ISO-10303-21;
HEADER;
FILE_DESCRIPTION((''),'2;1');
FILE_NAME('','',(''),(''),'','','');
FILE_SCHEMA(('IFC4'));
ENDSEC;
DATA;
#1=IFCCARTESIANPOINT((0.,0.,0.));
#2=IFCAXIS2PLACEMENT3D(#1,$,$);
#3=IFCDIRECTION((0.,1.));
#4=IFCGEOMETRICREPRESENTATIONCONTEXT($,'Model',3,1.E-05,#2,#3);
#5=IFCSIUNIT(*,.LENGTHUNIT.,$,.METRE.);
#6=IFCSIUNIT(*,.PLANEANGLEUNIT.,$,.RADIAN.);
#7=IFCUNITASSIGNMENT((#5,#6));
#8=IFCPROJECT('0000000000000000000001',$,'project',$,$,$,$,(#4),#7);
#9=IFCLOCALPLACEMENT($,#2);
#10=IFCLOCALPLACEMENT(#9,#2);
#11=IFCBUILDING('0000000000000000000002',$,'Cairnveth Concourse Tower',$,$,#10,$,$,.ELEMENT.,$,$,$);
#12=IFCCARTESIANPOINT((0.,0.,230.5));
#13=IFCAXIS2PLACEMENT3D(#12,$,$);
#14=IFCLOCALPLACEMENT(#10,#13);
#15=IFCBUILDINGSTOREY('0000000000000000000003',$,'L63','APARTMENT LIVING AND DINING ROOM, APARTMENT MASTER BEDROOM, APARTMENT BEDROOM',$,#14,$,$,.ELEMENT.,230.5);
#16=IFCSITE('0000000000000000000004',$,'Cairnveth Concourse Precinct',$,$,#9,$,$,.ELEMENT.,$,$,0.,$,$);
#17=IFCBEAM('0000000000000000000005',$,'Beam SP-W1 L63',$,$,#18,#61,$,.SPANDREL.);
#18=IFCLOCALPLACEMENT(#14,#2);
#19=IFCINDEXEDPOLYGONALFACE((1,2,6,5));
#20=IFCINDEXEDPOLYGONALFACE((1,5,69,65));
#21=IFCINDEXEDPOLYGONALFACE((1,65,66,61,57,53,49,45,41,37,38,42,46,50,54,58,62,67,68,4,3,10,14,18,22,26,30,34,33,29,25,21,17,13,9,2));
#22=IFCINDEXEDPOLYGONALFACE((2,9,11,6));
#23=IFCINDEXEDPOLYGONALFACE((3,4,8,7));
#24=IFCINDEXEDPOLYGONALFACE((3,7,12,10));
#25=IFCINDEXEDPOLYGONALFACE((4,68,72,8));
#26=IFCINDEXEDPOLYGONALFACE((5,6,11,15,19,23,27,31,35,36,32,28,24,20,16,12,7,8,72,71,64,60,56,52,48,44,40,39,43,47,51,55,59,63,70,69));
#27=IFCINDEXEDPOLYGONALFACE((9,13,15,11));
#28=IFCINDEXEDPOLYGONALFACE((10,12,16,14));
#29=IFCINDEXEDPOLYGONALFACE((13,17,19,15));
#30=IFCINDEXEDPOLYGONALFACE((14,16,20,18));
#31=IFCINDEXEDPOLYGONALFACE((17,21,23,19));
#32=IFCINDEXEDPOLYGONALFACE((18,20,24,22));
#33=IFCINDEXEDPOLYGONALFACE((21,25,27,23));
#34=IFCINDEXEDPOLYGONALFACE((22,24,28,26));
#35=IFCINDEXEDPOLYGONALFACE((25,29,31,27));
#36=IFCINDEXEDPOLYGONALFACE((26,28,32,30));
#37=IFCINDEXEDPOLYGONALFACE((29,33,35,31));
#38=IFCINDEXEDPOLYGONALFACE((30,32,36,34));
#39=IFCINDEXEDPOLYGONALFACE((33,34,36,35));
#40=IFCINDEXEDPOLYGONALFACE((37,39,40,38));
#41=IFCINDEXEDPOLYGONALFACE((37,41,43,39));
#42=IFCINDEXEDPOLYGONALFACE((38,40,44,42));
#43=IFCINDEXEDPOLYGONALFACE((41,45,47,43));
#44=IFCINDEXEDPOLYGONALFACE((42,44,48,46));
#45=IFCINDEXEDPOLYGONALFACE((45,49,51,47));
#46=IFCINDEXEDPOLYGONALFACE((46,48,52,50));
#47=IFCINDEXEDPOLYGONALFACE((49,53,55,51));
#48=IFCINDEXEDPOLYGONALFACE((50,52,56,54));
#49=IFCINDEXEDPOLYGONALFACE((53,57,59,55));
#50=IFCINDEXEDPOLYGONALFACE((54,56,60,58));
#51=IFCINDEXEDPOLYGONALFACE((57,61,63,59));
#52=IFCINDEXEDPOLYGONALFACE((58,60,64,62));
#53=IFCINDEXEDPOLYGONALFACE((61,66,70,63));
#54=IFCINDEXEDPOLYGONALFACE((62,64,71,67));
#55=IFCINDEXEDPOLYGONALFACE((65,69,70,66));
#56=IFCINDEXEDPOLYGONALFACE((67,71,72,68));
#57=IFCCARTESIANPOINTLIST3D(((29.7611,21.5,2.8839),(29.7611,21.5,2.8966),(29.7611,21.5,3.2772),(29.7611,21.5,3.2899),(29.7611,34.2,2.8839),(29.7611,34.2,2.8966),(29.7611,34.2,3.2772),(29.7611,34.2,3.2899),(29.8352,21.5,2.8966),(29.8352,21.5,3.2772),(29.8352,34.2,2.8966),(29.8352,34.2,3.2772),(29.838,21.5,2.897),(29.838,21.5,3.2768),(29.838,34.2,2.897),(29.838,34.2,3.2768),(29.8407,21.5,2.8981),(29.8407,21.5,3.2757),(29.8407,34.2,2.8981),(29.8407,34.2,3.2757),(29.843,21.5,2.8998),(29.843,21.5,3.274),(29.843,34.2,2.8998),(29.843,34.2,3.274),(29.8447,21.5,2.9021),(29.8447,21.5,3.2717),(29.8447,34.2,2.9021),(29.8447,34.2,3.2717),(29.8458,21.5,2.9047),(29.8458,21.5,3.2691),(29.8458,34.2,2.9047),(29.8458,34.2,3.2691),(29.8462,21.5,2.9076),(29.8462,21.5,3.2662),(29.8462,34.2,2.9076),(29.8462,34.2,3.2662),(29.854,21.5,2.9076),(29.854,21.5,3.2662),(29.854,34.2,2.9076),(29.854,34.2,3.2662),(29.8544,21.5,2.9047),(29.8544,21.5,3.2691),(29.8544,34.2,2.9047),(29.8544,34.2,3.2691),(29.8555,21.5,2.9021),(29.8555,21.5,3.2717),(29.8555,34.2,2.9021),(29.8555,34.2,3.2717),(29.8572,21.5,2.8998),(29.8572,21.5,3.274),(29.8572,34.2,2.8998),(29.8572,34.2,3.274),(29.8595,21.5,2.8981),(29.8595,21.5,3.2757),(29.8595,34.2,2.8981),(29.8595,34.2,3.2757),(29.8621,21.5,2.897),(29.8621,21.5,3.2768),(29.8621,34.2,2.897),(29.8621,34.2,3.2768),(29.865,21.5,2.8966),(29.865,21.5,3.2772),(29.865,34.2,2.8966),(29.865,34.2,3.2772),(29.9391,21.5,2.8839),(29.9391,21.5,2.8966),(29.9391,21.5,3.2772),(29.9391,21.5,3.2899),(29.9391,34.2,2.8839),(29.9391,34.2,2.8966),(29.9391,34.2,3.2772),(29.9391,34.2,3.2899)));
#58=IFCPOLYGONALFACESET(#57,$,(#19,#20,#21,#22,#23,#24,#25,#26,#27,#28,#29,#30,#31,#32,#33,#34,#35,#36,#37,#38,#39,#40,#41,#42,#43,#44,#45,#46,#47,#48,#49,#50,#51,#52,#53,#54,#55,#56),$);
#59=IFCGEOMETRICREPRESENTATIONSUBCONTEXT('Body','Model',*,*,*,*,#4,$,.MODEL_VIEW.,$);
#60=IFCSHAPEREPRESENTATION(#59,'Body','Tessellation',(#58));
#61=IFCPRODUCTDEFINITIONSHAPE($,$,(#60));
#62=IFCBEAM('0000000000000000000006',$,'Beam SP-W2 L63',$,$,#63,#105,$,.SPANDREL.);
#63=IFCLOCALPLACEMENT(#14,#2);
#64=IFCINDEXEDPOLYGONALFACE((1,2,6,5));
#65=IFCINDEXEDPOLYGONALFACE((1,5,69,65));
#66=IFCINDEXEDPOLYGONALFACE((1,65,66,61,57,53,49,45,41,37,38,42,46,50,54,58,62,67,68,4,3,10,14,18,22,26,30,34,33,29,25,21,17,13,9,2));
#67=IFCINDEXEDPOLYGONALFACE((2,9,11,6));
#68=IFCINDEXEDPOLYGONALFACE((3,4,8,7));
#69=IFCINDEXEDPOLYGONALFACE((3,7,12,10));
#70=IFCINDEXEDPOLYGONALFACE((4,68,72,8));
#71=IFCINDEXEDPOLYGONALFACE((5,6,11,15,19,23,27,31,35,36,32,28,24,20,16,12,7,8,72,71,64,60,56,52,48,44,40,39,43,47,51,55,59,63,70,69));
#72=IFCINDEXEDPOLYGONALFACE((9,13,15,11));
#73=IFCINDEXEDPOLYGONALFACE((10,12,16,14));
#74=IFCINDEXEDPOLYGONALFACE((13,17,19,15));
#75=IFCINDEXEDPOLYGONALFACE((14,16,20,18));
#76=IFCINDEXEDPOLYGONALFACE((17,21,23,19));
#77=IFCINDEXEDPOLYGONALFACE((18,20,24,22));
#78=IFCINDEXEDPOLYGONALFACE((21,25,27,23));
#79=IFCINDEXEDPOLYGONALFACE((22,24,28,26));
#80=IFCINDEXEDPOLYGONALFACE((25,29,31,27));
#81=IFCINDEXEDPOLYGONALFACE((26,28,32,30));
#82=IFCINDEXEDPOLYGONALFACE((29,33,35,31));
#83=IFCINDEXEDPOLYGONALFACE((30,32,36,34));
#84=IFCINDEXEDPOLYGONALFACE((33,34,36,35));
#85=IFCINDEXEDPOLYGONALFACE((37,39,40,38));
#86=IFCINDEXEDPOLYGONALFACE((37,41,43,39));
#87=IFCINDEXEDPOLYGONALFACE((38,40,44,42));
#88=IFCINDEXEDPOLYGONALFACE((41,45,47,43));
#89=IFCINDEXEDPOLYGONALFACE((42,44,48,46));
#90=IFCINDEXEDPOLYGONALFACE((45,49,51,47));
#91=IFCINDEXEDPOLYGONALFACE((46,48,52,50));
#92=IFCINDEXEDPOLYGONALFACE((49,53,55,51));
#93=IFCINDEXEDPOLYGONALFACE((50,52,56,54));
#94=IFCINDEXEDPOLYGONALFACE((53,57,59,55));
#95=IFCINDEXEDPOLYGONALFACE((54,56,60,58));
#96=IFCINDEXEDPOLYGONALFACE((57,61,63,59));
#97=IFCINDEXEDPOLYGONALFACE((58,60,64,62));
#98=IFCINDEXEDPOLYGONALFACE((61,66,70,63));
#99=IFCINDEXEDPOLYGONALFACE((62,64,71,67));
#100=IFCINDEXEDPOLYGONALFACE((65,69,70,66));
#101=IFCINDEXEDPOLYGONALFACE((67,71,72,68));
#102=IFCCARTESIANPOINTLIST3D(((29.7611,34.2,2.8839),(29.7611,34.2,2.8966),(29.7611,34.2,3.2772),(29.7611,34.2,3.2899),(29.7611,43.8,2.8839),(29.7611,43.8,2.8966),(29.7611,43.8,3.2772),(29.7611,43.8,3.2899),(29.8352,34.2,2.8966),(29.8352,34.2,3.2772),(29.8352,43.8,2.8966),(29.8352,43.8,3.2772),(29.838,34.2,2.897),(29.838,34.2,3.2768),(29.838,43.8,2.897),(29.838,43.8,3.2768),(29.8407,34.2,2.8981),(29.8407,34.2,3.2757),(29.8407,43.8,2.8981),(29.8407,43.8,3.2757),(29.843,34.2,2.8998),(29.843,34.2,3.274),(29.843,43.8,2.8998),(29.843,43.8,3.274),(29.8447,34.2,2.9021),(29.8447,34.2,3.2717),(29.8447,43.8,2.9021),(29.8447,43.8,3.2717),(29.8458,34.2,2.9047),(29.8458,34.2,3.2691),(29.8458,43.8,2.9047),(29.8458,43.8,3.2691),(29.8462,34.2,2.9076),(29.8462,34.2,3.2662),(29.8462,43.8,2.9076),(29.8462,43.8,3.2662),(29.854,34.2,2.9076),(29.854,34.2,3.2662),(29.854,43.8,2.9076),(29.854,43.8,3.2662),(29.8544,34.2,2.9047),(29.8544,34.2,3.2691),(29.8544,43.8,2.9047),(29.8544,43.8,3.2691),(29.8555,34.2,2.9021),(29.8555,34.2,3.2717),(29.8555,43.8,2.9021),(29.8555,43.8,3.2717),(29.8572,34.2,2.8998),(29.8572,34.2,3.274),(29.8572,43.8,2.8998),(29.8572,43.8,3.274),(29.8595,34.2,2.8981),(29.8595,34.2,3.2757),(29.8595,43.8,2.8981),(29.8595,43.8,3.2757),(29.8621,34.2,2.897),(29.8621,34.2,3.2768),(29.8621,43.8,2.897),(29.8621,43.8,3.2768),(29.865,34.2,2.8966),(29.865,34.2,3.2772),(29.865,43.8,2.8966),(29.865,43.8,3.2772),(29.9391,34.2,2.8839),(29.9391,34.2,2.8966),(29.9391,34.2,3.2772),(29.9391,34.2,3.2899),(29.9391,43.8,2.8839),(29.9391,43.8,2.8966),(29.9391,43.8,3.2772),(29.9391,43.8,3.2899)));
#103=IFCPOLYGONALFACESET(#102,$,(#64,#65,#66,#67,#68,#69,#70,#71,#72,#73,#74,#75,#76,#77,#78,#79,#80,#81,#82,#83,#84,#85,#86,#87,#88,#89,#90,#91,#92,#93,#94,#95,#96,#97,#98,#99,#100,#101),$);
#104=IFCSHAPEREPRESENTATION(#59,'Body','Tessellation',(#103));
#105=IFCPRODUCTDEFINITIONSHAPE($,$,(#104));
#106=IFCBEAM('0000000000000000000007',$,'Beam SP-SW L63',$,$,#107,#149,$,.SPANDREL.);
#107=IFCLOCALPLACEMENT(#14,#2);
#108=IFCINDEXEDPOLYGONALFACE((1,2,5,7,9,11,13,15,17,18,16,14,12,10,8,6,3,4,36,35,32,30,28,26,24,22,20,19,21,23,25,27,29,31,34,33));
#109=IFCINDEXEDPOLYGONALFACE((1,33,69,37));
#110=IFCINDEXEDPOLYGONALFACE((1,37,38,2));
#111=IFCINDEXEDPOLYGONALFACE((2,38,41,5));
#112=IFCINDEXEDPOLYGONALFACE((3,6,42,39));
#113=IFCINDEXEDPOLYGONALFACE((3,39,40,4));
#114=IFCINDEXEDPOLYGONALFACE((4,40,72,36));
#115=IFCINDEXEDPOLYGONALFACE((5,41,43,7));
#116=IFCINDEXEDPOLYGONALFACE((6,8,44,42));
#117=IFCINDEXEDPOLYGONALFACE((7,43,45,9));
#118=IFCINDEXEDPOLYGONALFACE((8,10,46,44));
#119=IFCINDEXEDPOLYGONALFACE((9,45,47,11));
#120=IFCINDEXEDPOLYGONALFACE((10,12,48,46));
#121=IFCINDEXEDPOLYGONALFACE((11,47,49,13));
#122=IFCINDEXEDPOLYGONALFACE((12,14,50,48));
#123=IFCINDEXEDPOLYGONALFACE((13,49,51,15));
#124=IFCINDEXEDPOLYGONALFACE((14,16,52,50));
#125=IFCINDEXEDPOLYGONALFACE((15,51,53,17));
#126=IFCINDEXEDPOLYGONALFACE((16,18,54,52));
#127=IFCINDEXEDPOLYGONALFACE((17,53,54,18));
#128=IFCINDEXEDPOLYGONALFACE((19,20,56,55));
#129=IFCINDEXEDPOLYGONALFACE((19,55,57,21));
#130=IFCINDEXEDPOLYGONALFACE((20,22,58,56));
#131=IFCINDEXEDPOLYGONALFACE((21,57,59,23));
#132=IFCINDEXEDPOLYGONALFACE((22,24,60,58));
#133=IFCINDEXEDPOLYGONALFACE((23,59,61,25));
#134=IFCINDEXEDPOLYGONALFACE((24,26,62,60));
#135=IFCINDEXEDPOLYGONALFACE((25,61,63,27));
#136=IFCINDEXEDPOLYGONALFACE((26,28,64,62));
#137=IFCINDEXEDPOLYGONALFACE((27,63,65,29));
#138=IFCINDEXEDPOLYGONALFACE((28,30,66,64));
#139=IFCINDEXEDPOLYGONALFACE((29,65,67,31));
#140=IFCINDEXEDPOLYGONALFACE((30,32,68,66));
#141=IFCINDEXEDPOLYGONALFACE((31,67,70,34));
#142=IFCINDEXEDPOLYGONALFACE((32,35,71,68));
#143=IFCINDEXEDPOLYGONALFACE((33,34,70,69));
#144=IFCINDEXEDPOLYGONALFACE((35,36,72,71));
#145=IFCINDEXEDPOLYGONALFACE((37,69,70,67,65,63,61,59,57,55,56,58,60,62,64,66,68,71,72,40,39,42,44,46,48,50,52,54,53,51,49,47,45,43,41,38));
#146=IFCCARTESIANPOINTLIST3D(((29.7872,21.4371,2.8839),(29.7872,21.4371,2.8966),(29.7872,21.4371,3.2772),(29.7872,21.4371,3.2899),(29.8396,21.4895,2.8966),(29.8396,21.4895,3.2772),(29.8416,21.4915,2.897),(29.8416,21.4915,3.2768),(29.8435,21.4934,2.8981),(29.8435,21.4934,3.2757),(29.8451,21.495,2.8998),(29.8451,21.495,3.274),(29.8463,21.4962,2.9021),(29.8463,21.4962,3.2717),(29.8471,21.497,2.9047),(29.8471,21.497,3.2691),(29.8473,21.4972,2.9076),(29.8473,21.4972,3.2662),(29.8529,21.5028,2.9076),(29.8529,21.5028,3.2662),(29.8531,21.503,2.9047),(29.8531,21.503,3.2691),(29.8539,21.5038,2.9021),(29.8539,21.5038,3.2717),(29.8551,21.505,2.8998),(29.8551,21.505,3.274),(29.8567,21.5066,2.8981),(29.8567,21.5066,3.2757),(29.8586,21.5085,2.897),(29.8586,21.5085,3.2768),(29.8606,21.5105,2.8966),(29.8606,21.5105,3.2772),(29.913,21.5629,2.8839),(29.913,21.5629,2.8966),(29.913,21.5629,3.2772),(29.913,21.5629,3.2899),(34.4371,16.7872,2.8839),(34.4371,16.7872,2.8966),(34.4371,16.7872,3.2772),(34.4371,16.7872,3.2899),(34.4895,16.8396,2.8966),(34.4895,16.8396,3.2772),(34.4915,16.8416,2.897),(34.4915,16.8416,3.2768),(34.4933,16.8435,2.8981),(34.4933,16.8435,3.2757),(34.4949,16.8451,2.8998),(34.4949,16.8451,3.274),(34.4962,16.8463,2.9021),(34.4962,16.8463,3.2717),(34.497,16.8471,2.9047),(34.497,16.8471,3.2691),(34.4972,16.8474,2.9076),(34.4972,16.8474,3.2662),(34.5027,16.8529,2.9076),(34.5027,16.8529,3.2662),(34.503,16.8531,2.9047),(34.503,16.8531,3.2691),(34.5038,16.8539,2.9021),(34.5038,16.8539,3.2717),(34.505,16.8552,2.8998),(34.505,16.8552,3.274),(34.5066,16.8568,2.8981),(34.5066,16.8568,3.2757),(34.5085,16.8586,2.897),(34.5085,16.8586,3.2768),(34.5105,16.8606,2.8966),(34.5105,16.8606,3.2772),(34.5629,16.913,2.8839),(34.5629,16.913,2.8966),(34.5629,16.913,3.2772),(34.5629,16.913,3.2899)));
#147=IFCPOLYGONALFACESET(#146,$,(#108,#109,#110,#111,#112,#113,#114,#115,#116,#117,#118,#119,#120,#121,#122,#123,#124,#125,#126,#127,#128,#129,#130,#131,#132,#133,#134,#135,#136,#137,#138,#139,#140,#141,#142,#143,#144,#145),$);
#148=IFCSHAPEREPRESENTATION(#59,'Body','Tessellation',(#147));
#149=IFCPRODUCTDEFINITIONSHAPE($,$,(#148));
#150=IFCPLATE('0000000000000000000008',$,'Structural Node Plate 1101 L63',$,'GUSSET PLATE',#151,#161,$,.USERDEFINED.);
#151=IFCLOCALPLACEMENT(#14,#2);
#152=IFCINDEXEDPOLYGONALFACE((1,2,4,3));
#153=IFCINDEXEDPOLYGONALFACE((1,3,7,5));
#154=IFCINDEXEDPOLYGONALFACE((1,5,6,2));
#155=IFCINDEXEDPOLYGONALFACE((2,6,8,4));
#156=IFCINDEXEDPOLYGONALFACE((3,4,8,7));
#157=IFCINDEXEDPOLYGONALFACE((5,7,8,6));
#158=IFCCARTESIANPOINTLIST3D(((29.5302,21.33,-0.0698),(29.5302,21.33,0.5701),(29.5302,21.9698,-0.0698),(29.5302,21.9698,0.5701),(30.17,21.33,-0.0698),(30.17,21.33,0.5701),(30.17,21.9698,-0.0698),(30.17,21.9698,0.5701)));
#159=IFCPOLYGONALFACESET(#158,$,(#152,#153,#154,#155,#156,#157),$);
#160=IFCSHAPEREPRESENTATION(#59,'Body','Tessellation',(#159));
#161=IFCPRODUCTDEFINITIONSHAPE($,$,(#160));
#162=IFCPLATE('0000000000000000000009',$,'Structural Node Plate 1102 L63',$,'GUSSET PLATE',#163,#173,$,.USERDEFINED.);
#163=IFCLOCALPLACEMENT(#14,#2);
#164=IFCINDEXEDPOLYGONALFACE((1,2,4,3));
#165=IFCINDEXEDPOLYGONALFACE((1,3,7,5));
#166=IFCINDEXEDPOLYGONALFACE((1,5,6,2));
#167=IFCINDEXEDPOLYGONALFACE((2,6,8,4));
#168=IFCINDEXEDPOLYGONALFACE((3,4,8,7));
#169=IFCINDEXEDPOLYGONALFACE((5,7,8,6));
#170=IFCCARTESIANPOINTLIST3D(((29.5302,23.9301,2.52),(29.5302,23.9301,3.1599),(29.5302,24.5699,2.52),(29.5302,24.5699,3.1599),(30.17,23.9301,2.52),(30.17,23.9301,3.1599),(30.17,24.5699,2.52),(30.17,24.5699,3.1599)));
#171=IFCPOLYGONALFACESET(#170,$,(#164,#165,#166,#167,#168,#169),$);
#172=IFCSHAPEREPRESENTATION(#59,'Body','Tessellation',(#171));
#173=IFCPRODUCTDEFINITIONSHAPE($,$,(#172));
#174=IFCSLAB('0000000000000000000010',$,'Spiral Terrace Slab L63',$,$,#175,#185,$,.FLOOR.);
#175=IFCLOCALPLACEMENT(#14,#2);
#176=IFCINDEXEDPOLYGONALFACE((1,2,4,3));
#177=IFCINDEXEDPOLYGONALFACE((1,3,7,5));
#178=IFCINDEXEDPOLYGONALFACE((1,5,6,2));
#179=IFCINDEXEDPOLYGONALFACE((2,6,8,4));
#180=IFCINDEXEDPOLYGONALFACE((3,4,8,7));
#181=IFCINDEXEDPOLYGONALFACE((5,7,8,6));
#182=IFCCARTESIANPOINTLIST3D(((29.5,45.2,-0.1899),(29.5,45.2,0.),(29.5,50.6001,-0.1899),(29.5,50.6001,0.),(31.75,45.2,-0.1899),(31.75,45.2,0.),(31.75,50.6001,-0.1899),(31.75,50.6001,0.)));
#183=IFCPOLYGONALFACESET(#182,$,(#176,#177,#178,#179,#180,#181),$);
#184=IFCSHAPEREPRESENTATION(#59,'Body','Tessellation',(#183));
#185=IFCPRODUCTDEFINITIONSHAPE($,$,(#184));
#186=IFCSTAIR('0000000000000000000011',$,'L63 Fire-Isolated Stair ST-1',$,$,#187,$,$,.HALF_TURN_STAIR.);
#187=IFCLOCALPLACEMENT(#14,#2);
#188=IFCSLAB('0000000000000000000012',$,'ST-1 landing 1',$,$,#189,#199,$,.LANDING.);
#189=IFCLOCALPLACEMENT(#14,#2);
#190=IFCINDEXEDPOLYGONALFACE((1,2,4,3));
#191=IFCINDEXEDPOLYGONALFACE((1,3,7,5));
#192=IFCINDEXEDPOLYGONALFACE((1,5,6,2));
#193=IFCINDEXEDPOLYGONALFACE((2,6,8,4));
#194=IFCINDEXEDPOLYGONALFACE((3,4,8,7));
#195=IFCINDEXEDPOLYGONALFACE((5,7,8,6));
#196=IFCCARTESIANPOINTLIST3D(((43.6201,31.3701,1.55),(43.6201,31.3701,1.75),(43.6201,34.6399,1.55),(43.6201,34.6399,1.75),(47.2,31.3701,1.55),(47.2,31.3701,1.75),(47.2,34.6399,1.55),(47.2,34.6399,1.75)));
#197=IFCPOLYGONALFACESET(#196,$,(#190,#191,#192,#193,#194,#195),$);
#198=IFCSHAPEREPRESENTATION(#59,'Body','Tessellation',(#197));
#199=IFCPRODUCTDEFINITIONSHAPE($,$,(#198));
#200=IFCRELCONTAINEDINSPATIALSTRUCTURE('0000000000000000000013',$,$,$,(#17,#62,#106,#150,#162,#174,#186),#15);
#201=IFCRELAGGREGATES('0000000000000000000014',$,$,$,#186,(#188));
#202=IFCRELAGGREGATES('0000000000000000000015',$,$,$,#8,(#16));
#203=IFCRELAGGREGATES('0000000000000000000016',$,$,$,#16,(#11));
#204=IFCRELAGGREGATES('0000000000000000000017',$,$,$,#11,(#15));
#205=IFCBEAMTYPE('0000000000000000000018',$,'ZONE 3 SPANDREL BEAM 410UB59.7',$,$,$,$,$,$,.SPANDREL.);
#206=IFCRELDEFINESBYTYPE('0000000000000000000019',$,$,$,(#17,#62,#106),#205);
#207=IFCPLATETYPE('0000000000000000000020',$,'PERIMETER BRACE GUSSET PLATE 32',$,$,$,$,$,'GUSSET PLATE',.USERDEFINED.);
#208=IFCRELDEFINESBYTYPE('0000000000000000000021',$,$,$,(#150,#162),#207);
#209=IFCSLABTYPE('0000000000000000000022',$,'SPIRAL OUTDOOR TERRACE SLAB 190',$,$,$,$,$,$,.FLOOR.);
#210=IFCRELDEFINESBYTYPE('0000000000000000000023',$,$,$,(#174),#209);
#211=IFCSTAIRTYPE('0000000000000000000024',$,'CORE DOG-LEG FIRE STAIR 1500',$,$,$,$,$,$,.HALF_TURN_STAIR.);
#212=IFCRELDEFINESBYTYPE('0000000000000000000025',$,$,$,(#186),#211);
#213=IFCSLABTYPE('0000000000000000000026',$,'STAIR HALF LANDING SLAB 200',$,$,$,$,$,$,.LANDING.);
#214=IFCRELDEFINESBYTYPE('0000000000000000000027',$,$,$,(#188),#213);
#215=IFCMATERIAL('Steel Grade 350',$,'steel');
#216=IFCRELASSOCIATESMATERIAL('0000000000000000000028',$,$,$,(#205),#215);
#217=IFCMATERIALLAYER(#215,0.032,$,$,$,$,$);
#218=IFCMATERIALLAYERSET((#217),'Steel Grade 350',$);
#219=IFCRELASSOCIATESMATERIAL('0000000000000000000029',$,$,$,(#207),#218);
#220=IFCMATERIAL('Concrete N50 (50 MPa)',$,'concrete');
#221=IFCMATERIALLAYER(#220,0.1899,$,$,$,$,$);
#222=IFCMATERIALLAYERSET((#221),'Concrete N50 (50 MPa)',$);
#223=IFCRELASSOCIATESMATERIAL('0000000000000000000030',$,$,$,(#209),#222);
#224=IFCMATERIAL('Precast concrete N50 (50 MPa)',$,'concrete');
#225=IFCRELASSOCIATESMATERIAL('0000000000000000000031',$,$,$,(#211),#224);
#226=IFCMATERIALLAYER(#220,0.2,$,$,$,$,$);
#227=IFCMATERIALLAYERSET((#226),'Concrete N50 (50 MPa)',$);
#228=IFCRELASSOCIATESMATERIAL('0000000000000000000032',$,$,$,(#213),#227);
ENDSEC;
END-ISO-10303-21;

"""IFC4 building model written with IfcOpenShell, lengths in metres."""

from ifc_helpers import new_model, si_unit, direction, frame, origin, origin_2d, place, context, subcontext, project, spatial, polyline, rectangle, i_section, outline, extrude, material, layer, layer_set, material_profile, profile_set, type_object, element, aggregate, save


model = new_model("IFC4")

# Units and contexts
model_context = context("Model", 3, precision=1e-05, world=origin(), true_north=direction((0.0, 1.0)))
body_context = subcontext(model_context, "Body", "Model", "MODEL_VIEW")
ifc_project = project(units=[si_unit("LENGTHUNIT", "METRE"), si_unit("PLANEANGLEUNIT", "RADIAN")], contexts=[model_context])

# Site, building, storey
site_placement = place(None, origin())
site = spatial("IfcSite", under=ifc_project, at=site_placement, Name="Cairnveth Concourse Precinct", CompositionType="ELEMENT", RefElevation=0.0)
building_placement = place(site_placement, origin())
building = spatial("IfcBuilding", under=site, at=building_placement, Name="Cairnveth Concourse Tower", CompositionType="ELEMENT")
storey_placement = place(building_placement, frame((0.0, 0.0, 230.5)))
storey = spatial("IfcBuildingStorey", under=building, at=storey_placement, Name="L63", Description="APARTMENT LIVING AND DINING ROOM, APARTMENT MASTER BEDROOM, APARTMENT BEDROOM", CompositionType="ELEMENT", Elevation=230.5)

# Shared definitions
ifc_material_1 = material(Name="Steel Grade 350", Category="steel")

# Beams
ifc_material_profile_1 = material_profile(ifc_material_1, i_section(OverallWidth=0.178, OverallDepth=0.406, WebThickness=0.0078, FlangeThickness=0.0127, FilletRadius=0.011, at=origin_2d()), Name="410UB59.7")
ifc_profile_set_1 = profile_set([ifc_material_profile_1], Name="Steel Grade 350")
beam_type_1 = type_object("IfcBeamType", Name="ZONE 3 SPANDREL BEAM 410UB59.7", PredefinedType="SPANDREL", material=ifc_profile_set_1)
beam_1_placement = place(storey_placement, frame((29.8501, 21.5, 3.0869), z_axis=(0.0, 1.0, 0.0), x_axis=(-1.0, 0.0, 0.0)))
element("IfcBeam", 1, at=beam_1_placement, inside=storey, type_object=beam_type_1, Name="Beam SP-W1 L63", PredefinedType="SPANDREL", context=body_context, shape_type="SweptSolid", body=[
    extrude(i_section(OverallWidth=0.178, OverallDepth=0.406, WebThickness=0.0078, FlangeThickness=0.0127, FilletRadius=0.011, at=origin_2d()), origin(), (0.0, 0.0, 1.0), 12.7),
])
beam_2_placement = place(storey_placement, frame((29.8501, 34.2, 3.0869), z_axis=(0.0, 1.0, 0.0), x_axis=(-1.0, 0.0, 0.0)))
element("IfcBeam", 2, at=beam_2_placement, inside=storey, type_object=beam_type_1, Name="Beam SP-W2 L63", PredefinedType="SPANDREL", context=body_context, shape_type="SweptSolid", body=[
    extrude(i_section(OverallWidth=0.178, OverallDepth=0.406, WebThickness=0.0078, FlangeThickness=0.0127, FilletRadius=0.011, at=origin_2d()), origin(), (0.0, 0.0, 1.0), 9.6001),
])
beam_3_placement = place(storey_placement, frame((29.8501, 21.5, 3.0869), z_axis=(0.707107, -0.707107, 0.0), x_axis=(0.707107, 0.707107, 0.0)))
element("IfcBeam", 3, at=beam_3_placement, inside=storey, type_object=beam_type_1, Name="Beam SP-SW L63", PredefinedType="SPANDREL", context=body_context, shape_type="SweptSolid", body=[
    extrude(i_section(OverallWidth=0.178, OverallDepth=0.406, WebThickness=0.0078, FlangeThickness=0.0127, FilletRadius=0.011, at=origin_2d()), origin(), (0.0, 0.0, 1.0), 6.5759),
])

# Plates
ifc_layer_1 = layer(ifc_material_1, 0.032)
ifc_layer_set_1 = layer_set([ifc_layer_1], Name="Steel Grade 350")
plate_type = type_object("IfcPlateType", Name="PERIMETER BRACE GUSSET PLATE 32", ElementType="GUSSET PLATE", PredefinedType="USERDEFINED", material=ifc_layer_set_1)
for number, where, z_axis, x_axis, name in (
    (4, (29.8501, 21.6499, -0.0698), (0.0, 0.0, 1.0), (1.0, 0.0, 0.0), "Structural Node Plate 1101 L63"),
    (5, (29.8501, 24.25, 2.52), (0.0, 0.0, 1.0), (1.0, 0.0, 0.0), "Structural Node Plate 1102 L63"),
):
    element("IfcPlate", number, at=place(storey_placement, frame(where, z_axis=z_axis, x_axis=x_axis)), inside=storey, type_object=plate_type, Name=name, ObjectType="GUSSET PLATE", PredefinedType="USERDEFINED", context=body_context, shape_type="SweptSolid", body=[
        extrude(rectangle(XDim=0.6399, YDim=0.6399, at=origin_2d()), origin(), (0.0, 0.0, 1.0), 0.6399),
    ])

# Slab
ifc_material_2 = material(Name="Concrete N50 (50 MPa)", Category="concrete")
ifc_layer_2 = layer(ifc_material_2, 0.1899)
ifc_layer_set_2 = layer_set([ifc_layer_2], Name="Concrete N50 (50 MPa)")
slab_type_1 = type_object("IfcSlabType", Name="SPIRAL OUTDOOR TERRACE SLAB 190", PredefinedType="FLOOR", material=ifc_layer_set_2)
slab_1_placement = place(storey_placement, frame((0.0, 0.0, -0.1899)))
element("IfcSlab", 6, at=slab_1_placement, inside=storey, type_object=slab_type_1, Name="Spiral Terrace Slab L63", PredefinedType="FLOOR", context=body_context, shape_type="SweptSolid", body=[
    extrude(outline(polyline([(29.5, 45.2), (31.75, 45.2), (31.75, 50.6001), (29.5, 50.6001), (29.5, 45.2)])), origin(), (0.0, 0.0, 1.0), 0.1899),
])

# Stair, slab
ifc_material_3 = material(Name="Precast concrete N50 (50 MPa)", Category="concrete")
stair_type = type_object("IfcStairType", Name="CORE DOG-LEG FIRE STAIR 1500", PredefinedType="HALF_TURN_STAIR", material=ifc_material_3)
stair_1_placement = place(storey_placement, origin())
stair_1 = element("IfcStair", 7, at=stair_1_placement, inside=storey, type_object=stair_type, Name="L63 Fire-Isolated Stair ST-1", PredefinedType="HALF_TURN_STAIR")
ifc_layer_3 = layer(ifc_material_2, 0.2)
ifc_layer_set_3 = layer_set([ifc_layer_3], Name="Concrete N50 (50 MPa)")
slab_type_2 = type_object("IfcSlabType", Name="STAIR HALF LANDING SLAB 200", PredefinedType="LANDING", material=ifc_layer_set_3)
slab_2_placement = place(storey_placement, frame((0.0, 0.0, 1.55)))
slab_2 = element("IfcSlab", 8, at=slab_2_placement, type_object=slab_type_2, Name="ST-1 landing 1", PredefinedType="LANDING", context=body_context, shape_type="SweptSolid", body=[
    extrude(outline(polyline([(43.6201, 34.6399), (43.6201, 31.3701), (47.2, 31.3701), (47.2, 34.6399), (43.6201, 34.6399)])), origin(), (0.0, 0.0, 1.0), 0.2),
])
aggregate(stair_1, [slab_2])

save(model, "model.ifc")
